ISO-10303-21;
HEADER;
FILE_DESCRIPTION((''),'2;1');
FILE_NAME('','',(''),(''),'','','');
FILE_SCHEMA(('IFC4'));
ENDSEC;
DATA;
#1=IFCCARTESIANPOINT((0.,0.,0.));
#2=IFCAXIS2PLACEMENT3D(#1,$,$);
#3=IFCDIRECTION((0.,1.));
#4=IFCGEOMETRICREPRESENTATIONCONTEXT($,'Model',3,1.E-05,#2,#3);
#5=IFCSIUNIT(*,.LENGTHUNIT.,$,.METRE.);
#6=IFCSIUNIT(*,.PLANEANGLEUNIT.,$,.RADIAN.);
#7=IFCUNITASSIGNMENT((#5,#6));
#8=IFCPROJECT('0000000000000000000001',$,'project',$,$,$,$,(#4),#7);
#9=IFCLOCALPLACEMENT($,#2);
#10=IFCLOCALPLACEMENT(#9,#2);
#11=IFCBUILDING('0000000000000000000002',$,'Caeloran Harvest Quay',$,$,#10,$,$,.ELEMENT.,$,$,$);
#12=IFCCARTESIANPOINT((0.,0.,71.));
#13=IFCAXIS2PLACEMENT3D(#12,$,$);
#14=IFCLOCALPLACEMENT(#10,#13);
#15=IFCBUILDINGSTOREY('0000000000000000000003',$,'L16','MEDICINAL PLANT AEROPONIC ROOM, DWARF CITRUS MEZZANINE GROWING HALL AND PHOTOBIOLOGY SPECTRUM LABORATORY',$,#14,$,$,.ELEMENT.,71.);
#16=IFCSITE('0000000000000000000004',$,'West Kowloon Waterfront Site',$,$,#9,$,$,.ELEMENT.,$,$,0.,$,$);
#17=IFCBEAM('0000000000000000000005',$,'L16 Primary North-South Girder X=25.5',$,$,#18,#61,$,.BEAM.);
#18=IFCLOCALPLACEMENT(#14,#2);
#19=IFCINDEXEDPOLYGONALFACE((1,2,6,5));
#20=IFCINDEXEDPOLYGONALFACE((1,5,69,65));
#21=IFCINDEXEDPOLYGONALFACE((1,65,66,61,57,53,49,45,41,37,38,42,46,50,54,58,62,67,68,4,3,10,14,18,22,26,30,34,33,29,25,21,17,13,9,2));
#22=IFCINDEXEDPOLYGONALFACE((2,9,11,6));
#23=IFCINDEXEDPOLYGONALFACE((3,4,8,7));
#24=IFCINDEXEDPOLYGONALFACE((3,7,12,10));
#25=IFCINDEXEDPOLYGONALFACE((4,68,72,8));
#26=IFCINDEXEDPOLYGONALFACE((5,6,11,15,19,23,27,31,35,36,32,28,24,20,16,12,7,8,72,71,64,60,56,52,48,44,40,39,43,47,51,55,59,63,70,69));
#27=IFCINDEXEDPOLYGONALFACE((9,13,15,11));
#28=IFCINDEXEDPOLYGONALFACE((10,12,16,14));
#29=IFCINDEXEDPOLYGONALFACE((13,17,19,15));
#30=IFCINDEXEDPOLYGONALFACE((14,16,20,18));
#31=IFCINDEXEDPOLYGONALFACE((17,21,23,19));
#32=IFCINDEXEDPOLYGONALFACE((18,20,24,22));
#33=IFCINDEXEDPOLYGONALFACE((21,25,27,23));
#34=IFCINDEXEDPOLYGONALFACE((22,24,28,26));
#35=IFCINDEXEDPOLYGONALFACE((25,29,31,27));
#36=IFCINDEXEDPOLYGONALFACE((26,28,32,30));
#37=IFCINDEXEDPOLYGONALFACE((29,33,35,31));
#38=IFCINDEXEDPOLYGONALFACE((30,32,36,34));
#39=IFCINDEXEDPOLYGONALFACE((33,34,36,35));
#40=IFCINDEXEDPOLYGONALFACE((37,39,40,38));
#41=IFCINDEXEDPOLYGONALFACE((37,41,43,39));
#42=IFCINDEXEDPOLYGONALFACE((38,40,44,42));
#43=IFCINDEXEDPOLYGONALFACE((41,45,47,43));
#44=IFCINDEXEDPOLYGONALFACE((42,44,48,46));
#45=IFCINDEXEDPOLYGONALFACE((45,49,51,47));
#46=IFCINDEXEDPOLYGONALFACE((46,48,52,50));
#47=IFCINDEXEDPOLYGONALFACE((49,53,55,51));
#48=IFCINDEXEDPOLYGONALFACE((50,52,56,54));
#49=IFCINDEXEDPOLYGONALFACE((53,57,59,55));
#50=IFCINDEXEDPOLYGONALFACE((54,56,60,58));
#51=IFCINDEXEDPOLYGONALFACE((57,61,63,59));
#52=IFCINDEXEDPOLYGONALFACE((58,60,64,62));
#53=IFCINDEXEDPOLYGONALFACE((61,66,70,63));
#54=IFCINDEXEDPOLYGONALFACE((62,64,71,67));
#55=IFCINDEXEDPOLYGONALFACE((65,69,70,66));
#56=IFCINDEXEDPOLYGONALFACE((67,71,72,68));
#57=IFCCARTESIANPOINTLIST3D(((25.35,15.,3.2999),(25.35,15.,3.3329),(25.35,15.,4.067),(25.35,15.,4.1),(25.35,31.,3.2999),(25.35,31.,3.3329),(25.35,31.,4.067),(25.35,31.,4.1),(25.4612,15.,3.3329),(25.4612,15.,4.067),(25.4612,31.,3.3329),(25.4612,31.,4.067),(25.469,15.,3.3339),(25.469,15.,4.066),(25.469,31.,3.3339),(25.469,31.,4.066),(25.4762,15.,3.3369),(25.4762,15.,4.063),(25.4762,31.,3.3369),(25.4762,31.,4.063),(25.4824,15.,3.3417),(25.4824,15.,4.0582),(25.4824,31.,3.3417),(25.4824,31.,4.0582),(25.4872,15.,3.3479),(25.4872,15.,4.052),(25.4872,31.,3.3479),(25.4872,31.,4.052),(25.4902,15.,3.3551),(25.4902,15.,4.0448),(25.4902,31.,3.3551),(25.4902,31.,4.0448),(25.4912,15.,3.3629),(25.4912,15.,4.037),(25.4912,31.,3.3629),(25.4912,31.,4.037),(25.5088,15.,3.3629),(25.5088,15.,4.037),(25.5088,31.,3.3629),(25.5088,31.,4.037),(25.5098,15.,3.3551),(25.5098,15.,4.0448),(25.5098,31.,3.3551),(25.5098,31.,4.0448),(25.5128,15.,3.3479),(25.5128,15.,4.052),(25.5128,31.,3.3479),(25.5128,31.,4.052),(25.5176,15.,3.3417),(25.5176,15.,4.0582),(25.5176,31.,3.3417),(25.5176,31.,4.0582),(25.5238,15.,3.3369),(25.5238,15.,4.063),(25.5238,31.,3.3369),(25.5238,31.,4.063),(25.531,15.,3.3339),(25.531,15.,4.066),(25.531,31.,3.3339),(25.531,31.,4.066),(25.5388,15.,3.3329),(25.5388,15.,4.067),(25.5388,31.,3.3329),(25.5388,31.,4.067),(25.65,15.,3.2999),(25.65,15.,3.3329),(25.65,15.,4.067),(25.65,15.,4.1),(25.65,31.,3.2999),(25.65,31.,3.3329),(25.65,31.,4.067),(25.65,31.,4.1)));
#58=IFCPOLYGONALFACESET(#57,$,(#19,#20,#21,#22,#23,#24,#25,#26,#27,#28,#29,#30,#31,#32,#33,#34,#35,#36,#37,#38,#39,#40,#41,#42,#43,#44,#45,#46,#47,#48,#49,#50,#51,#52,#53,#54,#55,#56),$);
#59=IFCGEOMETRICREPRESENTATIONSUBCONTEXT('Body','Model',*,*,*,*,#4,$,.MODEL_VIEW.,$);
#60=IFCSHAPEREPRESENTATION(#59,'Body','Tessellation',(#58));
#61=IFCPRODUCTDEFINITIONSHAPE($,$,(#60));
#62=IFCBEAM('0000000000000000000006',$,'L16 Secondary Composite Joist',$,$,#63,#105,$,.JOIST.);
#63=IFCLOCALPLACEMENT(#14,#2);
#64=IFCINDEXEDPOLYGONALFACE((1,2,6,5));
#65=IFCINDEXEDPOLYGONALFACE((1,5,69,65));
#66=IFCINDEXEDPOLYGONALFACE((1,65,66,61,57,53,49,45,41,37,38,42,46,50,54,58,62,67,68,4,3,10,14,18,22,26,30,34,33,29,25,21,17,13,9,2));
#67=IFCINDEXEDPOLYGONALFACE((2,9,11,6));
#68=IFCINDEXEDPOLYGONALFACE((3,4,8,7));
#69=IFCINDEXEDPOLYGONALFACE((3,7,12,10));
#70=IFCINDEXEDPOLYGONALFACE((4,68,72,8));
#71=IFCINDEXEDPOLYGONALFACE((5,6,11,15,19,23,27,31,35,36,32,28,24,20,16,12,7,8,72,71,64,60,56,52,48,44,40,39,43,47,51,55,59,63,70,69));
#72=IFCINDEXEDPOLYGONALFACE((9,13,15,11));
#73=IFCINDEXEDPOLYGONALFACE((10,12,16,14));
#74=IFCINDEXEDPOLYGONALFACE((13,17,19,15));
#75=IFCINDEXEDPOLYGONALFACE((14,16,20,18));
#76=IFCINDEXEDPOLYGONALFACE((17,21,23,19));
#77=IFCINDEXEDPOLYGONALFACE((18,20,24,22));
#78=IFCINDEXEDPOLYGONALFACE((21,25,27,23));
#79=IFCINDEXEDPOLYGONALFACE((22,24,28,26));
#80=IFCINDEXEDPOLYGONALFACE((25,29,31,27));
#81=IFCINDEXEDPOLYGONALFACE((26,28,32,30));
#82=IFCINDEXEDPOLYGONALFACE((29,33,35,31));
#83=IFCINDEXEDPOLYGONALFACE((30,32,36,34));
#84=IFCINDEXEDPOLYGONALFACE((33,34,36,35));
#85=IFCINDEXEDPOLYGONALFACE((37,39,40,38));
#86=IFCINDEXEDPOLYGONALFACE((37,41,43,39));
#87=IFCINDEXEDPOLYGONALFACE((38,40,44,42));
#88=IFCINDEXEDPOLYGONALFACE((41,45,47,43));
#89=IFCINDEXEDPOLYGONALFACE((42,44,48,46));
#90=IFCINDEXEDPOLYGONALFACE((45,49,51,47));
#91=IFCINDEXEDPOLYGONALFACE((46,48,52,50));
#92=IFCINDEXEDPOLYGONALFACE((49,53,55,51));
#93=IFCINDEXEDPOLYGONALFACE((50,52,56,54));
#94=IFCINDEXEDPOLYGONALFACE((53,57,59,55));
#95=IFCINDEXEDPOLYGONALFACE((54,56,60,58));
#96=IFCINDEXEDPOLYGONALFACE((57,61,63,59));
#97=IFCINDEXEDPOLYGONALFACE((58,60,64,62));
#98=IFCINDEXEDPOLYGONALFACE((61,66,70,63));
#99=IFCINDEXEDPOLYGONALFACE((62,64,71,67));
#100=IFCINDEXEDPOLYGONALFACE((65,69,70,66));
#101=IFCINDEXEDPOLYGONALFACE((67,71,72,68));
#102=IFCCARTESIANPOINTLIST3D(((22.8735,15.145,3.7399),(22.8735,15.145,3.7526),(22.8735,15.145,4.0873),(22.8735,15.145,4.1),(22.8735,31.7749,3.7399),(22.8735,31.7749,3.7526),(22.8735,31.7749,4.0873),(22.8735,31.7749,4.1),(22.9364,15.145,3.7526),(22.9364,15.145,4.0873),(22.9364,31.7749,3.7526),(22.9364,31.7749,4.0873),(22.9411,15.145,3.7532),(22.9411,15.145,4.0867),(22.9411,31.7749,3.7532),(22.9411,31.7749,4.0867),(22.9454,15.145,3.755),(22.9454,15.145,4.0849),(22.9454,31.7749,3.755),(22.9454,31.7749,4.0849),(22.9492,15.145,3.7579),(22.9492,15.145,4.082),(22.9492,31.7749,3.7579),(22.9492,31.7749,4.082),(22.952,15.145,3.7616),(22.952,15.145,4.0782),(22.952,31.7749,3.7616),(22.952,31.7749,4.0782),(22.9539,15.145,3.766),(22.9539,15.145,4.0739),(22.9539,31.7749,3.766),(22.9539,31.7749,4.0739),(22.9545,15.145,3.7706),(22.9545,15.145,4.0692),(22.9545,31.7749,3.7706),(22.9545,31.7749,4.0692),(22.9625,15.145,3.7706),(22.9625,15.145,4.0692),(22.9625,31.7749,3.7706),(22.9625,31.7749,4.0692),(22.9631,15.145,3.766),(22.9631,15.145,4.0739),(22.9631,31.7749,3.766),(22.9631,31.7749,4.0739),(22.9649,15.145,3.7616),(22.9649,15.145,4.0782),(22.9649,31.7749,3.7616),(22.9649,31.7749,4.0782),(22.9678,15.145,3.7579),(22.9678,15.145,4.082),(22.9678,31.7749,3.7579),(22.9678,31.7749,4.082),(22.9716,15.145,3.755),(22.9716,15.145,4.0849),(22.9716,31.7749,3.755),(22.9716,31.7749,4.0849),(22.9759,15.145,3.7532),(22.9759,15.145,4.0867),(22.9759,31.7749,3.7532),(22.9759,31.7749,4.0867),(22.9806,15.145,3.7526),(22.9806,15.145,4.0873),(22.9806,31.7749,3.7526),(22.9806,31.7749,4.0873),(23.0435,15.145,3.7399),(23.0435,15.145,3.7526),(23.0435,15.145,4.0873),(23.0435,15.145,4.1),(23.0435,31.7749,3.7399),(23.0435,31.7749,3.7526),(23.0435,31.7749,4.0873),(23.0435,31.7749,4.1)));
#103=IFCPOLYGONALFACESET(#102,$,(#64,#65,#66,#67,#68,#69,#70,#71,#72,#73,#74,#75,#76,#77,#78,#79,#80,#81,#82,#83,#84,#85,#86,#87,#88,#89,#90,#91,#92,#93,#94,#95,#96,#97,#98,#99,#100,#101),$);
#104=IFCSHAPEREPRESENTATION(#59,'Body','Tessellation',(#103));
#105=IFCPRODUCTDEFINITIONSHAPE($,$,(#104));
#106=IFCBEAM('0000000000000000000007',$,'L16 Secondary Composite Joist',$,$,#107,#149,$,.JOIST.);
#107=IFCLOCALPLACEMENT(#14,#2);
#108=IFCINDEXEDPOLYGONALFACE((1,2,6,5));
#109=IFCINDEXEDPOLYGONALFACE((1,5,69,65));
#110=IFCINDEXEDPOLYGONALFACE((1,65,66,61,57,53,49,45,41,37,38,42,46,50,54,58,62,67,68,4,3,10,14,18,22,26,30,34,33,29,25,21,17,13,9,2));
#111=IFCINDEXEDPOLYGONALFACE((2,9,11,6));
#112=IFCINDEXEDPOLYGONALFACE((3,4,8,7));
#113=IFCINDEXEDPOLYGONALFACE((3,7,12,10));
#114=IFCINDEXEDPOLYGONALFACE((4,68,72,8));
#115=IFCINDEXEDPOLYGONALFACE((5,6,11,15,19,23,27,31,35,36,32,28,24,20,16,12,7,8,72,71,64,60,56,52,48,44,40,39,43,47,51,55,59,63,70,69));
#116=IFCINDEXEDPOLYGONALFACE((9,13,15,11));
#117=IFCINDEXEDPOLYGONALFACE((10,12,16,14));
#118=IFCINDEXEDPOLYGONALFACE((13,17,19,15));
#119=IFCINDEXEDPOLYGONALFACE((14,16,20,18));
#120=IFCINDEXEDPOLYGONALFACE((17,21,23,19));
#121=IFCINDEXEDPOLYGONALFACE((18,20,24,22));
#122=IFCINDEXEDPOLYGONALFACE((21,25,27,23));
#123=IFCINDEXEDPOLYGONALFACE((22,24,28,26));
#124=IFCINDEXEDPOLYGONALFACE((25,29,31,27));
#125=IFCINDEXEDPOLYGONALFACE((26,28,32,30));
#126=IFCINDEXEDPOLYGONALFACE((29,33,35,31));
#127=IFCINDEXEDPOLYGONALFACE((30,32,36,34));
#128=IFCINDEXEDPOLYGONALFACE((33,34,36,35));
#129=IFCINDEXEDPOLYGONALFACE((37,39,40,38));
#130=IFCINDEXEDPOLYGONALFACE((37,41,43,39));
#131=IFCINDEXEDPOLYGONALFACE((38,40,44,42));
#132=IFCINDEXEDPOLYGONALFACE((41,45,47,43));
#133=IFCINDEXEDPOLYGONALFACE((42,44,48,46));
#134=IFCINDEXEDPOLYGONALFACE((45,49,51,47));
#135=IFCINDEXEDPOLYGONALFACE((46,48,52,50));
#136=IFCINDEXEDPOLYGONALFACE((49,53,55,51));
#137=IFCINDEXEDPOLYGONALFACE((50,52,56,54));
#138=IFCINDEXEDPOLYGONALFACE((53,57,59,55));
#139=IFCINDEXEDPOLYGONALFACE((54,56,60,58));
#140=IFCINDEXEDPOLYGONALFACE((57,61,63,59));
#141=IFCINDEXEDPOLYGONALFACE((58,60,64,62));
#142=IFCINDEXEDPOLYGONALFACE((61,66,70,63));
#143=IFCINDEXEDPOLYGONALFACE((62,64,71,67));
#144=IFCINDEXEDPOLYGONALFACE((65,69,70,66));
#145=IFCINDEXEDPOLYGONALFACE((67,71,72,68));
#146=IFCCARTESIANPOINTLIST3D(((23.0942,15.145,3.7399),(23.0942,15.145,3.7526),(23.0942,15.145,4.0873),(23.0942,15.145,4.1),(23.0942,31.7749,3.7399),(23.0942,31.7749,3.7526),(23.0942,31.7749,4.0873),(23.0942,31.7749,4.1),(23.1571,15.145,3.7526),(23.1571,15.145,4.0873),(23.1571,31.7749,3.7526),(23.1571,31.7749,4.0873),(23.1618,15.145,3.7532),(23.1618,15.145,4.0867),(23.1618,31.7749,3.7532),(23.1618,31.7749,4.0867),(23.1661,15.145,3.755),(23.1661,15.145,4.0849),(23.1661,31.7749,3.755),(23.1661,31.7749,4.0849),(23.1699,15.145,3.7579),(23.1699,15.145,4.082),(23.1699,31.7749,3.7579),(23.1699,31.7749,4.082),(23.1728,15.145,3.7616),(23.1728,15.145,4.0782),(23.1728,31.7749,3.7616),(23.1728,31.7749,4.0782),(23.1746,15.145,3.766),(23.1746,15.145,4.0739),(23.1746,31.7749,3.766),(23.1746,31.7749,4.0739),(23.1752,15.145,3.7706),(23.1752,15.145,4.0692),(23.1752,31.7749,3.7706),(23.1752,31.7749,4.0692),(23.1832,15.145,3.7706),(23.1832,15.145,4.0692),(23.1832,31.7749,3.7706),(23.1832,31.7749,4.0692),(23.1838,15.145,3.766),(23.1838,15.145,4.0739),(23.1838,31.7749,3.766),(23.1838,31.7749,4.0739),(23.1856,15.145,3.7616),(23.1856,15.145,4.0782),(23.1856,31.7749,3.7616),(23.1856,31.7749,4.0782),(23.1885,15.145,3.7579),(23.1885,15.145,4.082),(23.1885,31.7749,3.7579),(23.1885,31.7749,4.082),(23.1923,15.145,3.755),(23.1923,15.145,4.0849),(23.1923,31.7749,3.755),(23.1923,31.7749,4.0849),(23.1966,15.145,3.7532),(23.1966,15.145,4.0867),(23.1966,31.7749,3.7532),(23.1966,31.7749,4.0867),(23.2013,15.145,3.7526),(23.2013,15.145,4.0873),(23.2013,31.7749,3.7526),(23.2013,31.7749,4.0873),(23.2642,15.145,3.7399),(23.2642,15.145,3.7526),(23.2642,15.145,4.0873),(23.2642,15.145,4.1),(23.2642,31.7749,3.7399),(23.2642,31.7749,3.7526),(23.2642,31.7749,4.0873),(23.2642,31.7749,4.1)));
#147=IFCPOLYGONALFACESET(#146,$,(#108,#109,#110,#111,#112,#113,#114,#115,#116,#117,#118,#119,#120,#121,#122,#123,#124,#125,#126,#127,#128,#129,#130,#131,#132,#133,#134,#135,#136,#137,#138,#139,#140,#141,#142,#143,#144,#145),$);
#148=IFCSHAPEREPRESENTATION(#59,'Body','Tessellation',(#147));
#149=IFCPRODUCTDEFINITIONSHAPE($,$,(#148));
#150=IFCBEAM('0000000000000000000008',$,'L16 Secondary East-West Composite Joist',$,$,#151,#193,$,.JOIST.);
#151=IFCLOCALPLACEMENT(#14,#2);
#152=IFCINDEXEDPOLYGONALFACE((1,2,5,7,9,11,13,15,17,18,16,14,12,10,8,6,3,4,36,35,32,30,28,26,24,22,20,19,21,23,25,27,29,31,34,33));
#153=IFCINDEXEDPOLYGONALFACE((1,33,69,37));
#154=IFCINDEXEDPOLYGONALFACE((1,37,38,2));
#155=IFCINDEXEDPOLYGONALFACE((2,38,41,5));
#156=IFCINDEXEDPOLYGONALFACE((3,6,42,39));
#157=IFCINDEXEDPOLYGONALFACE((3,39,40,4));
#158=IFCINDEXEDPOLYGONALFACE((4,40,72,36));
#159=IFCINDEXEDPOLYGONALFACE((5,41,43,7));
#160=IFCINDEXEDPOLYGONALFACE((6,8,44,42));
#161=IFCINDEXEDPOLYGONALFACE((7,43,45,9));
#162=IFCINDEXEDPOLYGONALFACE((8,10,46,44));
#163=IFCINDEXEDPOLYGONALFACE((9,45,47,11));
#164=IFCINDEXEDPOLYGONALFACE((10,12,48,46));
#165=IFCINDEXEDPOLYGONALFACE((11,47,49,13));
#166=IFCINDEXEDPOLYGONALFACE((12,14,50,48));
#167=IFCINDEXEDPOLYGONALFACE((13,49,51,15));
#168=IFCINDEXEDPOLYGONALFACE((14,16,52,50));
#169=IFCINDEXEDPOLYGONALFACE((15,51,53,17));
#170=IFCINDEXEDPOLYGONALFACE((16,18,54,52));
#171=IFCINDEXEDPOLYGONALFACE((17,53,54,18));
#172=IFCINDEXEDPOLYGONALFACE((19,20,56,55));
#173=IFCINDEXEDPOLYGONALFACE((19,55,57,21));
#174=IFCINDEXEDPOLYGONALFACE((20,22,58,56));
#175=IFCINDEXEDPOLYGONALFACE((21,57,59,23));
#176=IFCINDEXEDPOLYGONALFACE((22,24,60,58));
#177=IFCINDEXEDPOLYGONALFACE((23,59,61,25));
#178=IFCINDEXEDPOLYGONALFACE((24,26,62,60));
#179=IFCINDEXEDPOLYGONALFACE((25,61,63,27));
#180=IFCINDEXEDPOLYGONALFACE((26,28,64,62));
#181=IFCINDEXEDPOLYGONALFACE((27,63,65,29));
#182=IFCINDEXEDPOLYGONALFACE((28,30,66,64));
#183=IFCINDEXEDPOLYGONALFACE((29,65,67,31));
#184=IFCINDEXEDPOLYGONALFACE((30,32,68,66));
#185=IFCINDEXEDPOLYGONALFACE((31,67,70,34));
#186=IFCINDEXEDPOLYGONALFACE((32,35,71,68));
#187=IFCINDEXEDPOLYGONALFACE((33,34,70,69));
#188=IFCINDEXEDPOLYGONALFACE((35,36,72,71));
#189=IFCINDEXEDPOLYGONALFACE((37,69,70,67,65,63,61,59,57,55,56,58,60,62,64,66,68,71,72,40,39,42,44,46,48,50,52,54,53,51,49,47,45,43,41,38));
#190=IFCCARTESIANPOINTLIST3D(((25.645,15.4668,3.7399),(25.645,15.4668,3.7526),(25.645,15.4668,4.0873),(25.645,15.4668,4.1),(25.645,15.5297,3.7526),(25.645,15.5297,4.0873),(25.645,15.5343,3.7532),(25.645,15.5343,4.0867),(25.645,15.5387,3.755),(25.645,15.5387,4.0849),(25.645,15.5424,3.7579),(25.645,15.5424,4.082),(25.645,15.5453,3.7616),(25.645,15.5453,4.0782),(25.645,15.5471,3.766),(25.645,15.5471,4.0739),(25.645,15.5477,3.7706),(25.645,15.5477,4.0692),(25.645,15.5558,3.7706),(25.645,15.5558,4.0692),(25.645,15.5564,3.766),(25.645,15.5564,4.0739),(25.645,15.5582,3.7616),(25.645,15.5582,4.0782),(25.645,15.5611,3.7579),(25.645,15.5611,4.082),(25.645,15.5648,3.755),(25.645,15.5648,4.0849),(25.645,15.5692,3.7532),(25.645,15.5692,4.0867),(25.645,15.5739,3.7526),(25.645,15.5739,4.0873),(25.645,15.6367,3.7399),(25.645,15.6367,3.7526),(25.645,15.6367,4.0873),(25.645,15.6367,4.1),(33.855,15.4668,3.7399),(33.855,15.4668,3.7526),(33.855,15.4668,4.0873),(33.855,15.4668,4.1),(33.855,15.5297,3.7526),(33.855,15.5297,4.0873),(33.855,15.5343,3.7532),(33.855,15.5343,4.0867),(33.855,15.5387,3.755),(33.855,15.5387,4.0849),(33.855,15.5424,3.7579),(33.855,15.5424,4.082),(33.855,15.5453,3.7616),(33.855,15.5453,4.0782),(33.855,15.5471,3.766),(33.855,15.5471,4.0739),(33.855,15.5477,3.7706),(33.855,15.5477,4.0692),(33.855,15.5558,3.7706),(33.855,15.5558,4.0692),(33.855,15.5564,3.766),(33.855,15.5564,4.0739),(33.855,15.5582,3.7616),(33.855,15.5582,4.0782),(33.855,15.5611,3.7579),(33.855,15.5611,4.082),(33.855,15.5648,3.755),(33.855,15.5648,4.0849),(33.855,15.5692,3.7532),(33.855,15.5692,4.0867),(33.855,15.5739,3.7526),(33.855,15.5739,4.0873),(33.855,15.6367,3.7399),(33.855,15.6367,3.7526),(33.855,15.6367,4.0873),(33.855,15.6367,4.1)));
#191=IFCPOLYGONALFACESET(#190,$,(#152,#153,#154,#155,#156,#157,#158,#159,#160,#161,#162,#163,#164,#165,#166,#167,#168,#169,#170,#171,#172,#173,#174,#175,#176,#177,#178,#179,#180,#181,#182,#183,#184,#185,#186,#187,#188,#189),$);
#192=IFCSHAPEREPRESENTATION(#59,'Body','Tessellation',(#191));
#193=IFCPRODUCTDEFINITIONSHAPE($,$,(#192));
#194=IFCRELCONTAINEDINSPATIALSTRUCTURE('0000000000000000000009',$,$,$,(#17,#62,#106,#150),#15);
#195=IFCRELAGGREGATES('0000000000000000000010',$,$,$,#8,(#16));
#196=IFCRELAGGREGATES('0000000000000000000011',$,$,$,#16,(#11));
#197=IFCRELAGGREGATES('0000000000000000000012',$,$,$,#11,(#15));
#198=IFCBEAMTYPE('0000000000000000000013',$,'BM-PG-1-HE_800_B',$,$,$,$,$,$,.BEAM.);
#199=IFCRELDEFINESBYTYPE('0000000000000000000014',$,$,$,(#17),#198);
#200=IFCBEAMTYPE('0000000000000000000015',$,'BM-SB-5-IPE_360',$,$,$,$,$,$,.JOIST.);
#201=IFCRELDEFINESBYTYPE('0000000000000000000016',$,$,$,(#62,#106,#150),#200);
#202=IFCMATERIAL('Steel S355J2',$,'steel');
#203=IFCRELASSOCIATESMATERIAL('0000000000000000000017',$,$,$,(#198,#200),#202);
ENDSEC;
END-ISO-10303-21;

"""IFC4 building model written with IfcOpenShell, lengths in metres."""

from ifc_helpers import new_model, si_unit, direction, frame, origin, origin_2d, place, context, subcontext, project, spatial, i_section, extrude, material, material_profile, profile_set, type_object, element, save


model = new_model("IFC4")

# Units and contexts
model_context = context("Model", 3, precision=1e-05, world=origin(), true_north=direction((0.0, 1.0)))
body_context = subcontext(model_context, "Body", "Model", "MODEL_VIEW")
ifc_project = project(units=[si_unit("LENGTHUNIT", "METRE"), si_unit("PLANEANGLEUNIT", "RADIAN")], contexts=[model_context])

# Site, building, storey
site_placement = place(None, origin())
site = spatial("IfcSite", under=ifc_project, at=site_placement, Name="West Kowloon Waterfront Site", CompositionType="ELEMENT", RefElevation=0.0)
building_placement = place(site_placement, origin())
building = spatial("IfcBuilding", under=site, at=building_placement, Name="Caeloran Harvest Quay", CompositionType="ELEMENT")
storey_placement = place(building_placement, frame((0.0, 0.0, 71.0)))
storey = spatial("IfcBuildingStorey", under=building, at=storey_placement, Name="L16", Description="MEDICINAL PLANT AEROPONIC ROOM, DWARF CITRUS MEZZANINE GROWING HALL AND PHOTOBIOLOGY SPECTRUM LABORATORY", CompositionType="ELEMENT", Elevation=71.0)

# Beams
ifc_material_1 = material(Name="Steel S355J2", Category="steel")
ifc_material_profile_1 = material_profile(ifc_material_1, i_section(OverallWidth=0.3, OverallDepth=0.8, WebThickness=0.0176, FlangeThickness=0.033, FilletRadius=0.03, at=origin_2d()), Name="HE 800 B")
ifc_profile_set_1 = profile_set([ifc_material_profile_1], Name="Steel S355J2")
beam_type_1 = type_object("IfcBeamType", Name="BM-PG-1-HE_800_B", PredefinedType="BEAM", material=ifc_profile_set_1)
beam_placement = place(storey_placement, frame((25.5, 15.0, 3.7), z_axis=(0.0, 1.0, 0.0), x_axis=(-1.0, 0.0, 0.0)))
element("IfcBeam", 1, at=beam_placement, inside=storey, type_object=beam_type_1, Name="L16 Primary North-South Girder X=25.5", PredefinedType="BEAM", context=body_context, shape_type="SweptSolid", body=[
    extrude(i_section(OverallWidth=0.3, OverallDepth=0.8, WebThickness=0.0176, FlangeThickness=0.033, FilletRadius=0.03, at=origin_2d()), origin(), (0.0, 0.0, 1.0), 16.0),
])
ifc_material_profile_2 = material_profile(ifc_material_1, i_section(OverallWidth=0.1699, OverallDepth=0.3601, WebThickness=0.0081, FlangeThickness=0.0127, FilletRadius=0.0181, at=origin_2d()), Name="IPE 360")
ifc_profile_set_2 = profile_set([ifc_material_profile_2], Name="Steel S355J2")
beam_type_2 = type_object("IfcBeamType", Name="BM-SB-5-IPE_360", PredefinedType="JOIST", material=ifc_profile_set_2)
for number, where, z_axis, x_axis, name in (
    (2, (22.9585, 15.145, 3.9199), (0.0, 1.0, 0.0), (-1.0, 0.0, 0.0), "L16 Secondary Composite Joist"),
    (3, (23.1792, 15.145, 3.9199), (0.0, 1.0, 0.0), (-1.0, 0.0, 0.0), "L16 Secondary Composite Joist"),
):
    element("IfcBeam", number, at=place(storey_placement, frame(where, z_axis=z_axis, x_axis=x_axis)), inside=storey, type_object=beam_type_2, Name=name, PredefinedType="JOIST", context=body_context, shape_type="SweptSolid", body=[
        extrude(i_section(OverallWidth=0.1699, OverallDepth=0.3601, WebThickness=0.0081, FlangeThickness=0.0127, FilletRadius=0.0181, at=origin_2d()), origin(), (0.0, 0.0, 1.0), 16.6299),
    ])
for number, where, z_axis, x_axis, name in (
    (4, (25.645, 15.5518, 3.9199), (1.0, 0.0, 0.0), (0.0, 1.0, 0.0), "L16 Secondary East-West Composite Joist"),
):
    element("IfcBeam", number, at=place(storey_placement, frame(where, z_axis=z_axis, x_axis=x_axis)), inside=storey, type_object=beam_type_2, Name=name, PredefinedType="JOIST", context=body_context, shape_type="SweptSolid", body=[
        extrude(i_section(OverallWidth=0.1699, OverallDepth=0.3601, WebThickness=0.0081, FlangeThickness=0.0127, FilletRadius=0.0181, at=origin_2d()), origin(), (0.0, 0.0, 1.0), 8.21),
    ])

save(model, "model.ifc")
